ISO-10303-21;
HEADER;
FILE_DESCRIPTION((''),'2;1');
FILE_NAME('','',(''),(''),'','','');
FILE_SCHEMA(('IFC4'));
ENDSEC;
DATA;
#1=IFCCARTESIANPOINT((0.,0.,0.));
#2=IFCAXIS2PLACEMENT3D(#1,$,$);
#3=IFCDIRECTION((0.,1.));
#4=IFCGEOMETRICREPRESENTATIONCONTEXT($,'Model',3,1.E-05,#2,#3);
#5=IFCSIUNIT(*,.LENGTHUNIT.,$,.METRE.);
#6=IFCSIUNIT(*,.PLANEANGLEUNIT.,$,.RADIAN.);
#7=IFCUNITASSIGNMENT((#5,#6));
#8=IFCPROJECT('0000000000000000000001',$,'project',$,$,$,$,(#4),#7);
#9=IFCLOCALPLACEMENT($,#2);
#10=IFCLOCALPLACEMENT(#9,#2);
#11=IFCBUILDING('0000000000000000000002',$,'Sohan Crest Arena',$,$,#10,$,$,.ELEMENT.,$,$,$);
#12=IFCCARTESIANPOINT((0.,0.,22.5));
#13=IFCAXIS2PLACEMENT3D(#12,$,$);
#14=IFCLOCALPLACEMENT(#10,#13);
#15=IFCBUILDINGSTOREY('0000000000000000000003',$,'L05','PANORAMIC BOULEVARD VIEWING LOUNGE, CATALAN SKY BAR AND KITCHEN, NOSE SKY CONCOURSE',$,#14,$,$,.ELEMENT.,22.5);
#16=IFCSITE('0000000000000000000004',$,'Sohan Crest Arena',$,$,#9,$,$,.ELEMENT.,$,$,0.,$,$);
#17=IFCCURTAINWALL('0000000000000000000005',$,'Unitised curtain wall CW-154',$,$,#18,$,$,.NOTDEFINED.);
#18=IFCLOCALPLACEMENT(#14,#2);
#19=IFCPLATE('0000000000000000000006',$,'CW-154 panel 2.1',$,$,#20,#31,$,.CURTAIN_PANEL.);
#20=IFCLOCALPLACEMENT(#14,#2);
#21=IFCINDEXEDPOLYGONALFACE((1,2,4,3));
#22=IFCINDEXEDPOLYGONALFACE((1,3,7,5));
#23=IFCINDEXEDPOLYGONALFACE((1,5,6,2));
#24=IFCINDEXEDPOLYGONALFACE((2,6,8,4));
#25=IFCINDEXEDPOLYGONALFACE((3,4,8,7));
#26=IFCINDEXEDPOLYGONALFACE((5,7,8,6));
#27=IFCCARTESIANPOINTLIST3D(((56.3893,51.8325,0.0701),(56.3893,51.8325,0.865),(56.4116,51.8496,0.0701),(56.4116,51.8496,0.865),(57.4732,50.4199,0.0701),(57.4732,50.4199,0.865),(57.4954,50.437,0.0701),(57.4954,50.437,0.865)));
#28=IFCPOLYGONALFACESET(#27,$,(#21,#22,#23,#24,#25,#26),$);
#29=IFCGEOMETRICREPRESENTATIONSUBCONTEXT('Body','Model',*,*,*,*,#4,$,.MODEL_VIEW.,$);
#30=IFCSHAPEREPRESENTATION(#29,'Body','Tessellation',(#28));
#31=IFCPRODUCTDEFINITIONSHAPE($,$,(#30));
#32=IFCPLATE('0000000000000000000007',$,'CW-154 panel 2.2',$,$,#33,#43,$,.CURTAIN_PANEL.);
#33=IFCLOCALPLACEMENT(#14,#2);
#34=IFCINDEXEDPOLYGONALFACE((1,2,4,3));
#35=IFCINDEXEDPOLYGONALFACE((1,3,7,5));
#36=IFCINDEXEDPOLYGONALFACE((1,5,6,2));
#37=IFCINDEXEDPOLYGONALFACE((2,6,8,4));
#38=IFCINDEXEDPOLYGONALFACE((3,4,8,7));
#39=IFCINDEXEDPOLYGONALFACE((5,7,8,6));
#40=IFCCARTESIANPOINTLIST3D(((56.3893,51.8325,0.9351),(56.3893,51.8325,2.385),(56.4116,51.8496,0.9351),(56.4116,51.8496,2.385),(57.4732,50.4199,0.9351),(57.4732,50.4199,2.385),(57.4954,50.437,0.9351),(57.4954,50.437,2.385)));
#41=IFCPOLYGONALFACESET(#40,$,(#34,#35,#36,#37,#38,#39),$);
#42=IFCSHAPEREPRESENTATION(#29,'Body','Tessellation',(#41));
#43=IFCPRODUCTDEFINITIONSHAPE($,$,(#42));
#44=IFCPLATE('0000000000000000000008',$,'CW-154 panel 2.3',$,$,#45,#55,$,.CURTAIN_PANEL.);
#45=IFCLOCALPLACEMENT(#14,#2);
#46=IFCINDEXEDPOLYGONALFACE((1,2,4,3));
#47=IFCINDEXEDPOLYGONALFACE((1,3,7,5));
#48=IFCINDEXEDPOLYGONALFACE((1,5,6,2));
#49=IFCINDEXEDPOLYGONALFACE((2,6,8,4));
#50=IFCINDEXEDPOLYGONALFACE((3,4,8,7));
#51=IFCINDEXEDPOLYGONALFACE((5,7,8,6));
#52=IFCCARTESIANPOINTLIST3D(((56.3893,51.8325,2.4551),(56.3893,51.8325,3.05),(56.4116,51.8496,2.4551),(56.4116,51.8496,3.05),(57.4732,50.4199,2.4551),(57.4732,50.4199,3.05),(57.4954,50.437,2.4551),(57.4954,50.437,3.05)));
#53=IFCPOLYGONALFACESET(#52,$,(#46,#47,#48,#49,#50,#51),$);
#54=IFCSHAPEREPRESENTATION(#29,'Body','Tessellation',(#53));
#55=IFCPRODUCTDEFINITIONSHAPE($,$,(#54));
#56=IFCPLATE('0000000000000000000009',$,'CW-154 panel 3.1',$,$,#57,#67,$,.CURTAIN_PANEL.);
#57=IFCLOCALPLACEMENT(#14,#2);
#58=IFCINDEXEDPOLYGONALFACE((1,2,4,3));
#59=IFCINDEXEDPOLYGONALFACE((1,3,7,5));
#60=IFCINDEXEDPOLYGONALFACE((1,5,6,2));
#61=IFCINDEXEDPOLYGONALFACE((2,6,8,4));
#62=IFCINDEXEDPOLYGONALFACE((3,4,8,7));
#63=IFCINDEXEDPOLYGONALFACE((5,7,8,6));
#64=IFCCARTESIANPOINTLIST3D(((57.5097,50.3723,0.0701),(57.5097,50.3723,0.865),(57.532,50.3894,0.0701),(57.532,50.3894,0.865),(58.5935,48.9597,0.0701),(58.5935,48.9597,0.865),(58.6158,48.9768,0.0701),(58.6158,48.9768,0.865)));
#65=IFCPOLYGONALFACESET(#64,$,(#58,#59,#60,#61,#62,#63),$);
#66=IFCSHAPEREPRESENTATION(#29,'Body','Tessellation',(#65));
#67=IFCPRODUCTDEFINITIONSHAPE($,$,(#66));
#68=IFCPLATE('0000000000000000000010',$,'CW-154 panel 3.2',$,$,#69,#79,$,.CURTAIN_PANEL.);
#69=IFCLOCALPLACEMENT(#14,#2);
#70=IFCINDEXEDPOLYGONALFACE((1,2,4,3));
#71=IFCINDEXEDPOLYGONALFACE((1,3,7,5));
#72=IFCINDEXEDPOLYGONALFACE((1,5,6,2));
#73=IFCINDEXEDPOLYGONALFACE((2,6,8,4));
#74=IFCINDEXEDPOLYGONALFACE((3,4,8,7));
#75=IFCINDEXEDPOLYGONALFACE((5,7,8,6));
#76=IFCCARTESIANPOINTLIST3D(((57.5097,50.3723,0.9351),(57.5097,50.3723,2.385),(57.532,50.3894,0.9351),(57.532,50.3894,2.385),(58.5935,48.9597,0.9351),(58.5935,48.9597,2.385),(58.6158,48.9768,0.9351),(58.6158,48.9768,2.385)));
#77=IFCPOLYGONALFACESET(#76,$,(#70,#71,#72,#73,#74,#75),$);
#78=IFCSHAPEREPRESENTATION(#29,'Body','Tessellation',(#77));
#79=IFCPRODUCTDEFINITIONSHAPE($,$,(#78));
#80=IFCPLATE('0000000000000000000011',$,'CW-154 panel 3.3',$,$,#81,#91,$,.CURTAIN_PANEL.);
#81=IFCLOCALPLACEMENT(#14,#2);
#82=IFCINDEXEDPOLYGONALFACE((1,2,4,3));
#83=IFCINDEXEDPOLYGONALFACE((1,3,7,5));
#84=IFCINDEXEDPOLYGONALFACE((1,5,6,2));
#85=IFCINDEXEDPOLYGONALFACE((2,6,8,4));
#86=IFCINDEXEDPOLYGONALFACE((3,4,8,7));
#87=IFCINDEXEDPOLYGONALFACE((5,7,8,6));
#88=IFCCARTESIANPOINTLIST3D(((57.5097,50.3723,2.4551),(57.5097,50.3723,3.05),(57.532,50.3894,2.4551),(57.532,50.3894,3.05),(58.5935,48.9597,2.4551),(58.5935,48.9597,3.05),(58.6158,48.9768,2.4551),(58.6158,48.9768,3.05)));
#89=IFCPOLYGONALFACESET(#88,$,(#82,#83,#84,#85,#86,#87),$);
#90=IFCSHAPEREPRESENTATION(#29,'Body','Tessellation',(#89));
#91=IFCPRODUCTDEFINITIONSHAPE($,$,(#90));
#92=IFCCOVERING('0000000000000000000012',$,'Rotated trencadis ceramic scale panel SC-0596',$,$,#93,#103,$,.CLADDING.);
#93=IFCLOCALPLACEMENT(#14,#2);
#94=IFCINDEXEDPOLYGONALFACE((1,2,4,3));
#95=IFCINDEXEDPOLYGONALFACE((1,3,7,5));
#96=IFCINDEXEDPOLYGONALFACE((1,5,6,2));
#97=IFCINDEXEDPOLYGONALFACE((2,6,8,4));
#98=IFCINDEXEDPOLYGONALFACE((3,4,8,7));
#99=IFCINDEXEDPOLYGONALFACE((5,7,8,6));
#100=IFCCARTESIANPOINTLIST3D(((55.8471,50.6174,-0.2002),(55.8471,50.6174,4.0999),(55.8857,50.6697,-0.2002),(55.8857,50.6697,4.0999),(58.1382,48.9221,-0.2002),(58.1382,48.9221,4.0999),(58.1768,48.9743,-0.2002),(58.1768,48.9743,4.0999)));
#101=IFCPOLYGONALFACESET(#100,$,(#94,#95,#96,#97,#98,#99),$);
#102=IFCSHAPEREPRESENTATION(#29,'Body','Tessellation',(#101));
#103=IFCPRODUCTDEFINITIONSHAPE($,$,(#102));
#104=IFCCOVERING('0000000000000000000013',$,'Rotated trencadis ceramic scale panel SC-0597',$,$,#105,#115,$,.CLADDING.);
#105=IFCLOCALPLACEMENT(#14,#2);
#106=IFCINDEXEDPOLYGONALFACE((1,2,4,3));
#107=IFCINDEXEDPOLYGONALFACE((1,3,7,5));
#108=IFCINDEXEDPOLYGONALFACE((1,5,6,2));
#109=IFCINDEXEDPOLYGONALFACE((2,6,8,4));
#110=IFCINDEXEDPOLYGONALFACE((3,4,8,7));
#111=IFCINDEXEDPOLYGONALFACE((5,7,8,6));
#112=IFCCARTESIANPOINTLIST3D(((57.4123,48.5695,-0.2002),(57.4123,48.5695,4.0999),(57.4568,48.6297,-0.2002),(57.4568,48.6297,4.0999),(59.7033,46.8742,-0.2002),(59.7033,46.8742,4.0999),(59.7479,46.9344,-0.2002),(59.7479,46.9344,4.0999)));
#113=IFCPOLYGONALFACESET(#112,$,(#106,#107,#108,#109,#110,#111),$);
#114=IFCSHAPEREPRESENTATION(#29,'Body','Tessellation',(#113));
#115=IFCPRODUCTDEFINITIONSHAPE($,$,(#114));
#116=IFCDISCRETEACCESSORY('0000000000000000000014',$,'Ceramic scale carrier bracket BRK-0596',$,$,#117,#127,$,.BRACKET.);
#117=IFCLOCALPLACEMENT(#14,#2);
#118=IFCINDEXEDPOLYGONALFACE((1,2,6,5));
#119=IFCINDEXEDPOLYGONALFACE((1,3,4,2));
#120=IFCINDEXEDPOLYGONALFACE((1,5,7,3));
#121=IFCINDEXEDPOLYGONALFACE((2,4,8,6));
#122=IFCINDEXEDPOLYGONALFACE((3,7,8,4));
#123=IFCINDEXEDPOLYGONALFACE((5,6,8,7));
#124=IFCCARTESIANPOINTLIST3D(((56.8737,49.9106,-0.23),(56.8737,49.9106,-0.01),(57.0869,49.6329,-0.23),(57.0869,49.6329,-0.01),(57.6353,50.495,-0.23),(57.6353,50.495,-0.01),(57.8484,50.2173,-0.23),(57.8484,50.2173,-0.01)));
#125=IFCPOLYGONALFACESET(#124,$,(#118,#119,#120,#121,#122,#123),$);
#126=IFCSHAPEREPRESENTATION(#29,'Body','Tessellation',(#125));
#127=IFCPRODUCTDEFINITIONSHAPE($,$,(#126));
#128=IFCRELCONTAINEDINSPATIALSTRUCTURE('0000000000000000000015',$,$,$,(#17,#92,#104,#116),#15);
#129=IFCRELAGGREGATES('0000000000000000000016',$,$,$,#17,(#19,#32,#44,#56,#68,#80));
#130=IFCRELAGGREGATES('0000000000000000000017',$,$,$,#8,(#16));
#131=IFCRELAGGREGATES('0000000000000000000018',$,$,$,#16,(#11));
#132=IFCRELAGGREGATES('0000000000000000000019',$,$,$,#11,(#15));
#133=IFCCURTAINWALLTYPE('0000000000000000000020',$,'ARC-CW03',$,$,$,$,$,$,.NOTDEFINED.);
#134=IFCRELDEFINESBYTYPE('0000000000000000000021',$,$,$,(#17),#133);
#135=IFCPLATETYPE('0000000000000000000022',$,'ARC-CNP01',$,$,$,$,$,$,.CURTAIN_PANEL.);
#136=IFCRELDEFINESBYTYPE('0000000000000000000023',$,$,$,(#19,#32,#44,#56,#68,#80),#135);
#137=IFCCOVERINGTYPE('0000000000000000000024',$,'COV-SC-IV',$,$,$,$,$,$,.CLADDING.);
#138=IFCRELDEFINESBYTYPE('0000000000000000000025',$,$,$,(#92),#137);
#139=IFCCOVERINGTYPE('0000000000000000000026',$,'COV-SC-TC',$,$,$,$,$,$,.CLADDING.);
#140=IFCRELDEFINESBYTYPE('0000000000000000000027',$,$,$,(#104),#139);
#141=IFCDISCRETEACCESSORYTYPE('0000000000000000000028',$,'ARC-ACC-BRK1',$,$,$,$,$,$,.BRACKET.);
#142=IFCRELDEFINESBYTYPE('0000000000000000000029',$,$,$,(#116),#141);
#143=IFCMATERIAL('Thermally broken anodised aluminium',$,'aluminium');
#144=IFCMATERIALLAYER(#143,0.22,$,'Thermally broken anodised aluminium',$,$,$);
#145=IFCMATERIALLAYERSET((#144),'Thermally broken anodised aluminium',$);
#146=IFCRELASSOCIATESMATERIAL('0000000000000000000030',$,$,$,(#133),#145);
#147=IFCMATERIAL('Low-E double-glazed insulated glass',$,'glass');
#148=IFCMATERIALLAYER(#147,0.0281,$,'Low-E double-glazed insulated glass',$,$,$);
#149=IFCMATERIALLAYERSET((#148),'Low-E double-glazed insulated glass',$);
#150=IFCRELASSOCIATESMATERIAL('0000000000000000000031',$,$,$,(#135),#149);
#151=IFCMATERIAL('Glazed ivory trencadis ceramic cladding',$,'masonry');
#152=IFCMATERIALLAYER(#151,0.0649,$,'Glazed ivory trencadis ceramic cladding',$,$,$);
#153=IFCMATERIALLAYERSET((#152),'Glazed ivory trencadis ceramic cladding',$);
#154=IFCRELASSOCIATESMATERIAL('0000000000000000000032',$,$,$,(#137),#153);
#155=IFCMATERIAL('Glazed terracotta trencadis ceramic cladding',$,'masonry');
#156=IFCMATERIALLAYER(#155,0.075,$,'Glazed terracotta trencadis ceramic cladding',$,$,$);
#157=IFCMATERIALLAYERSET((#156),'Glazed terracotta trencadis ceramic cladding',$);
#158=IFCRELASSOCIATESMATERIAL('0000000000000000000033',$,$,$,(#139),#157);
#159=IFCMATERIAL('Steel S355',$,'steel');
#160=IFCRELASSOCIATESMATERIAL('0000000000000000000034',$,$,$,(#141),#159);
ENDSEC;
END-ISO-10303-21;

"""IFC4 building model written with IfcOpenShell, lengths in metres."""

from ifc_helpers import new_model, si_unit, direction, frame, origin, origin_2d, place, context, subcontext, project, spatial, rectangle, extrude, material, layer, layer_set, type_object, element, aggregate, save


model = new_model("IFC4")

# Units and contexts
model_context = context("Model", 3, precision=1e-05, world=origin(), true_north=direction((0.0, 1.0)))
body_context = subcontext(model_context, "Body", "Model", "MODEL_VIEW")
ifc_project = project(units=[si_unit("LENGTHUNIT", "METRE"), si_unit("PLANEANGLEUNIT", "RADIAN")], contexts=[model_context])

# Site, building, storey
site_placement = place(None, origin())
site = spatial("IfcSite", under=ifc_project, at=site_placement, Name="Sohan Crest Arena", CompositionType="ELEMENT", RefElevation=0.0)
building_placement = place(site_placement, origin())
building = spatial("IfcBuilding", under=site, at=building_placement, Name="Sohan Crest Arena", CompositionType="ELEMENT")
storey_placement = place(building_placement, frame((0.0, 0.0, 22.5)))
storey = spatial("IfcBuildingStorey", under=building, at=storey_placement, Name="L05", Description="PANORAMIC BOULEVARD VIEWING LOUNGE, CATALAN SKY BAR AND KITCHEN, NOSE SKY CONCOURSE", CompositionType="ELEMENT", Elevation=22.5)

# Shared definitions
ifc_material_1 = material(Name="Steel S355", Category="steel")

# Curtain wall
ifc_material_2 = material(Name="Thermally broken anodised aluminium", Category="aluminium")
ifc_layer_1 = layer(ifc_material_2, 0.22, Name="Thermally broken anodised aluminium")
ifc_layer_set_1 = layer_set([ifc_layer_1], Name="Thermally broken anodised aluminium")
curtain_wall_type = type_object("IfcCurtainWallType", Name="ARC-CW03", PredefinedType="NOTDEFINED", material=ifc_layer_set_1)
curtain_wall_placement = place(storey_placement, origin())
curtain_wall = element("IfcCurtainWall", 1, at=curtain_wall_placement, inside=storey, type_object=curtain_wall_type, Name="Unitised curtain wall CW-154", PredefinedType="NOTDEFINED")

# Plates
ifc_material_3 = material(Name="Low-E double-glazed insulated glass", Category="glass")
ifc_layer_2 = layer(ifc_material_3, 0.0281, Name="Low-E double-glazed insulated glass")
ifc_layer_set_2 = layer_set([ifc_layer_2], Name="Low-E double-glazed insulated glass")
plate_type = type_object("IfcPlateType", Name="ARC-CNP01", PredefinedType="CURTAIN_PANEL", material=ifc_layer_set_2)
plate_1_placement = place(storey_placement, frame((56.9424, 51.1348, 0.0701), z_axis=(0.0, 0.0, 1.0), x_axis=(0.60872, -0.793385, 0.0)))
plate_1 = element("IfcPlate", 2, at=plate_1_placement, type_object=plate_type, Name="CW-154 panel 2.1", PredefinedType="CURTAIN_PANEL", context=body_context, shape_type="SweptSolid", body=[
    extrude(rectangle(XDim=1.7805, YDim=0.0281, at=origin_2d()), origin(), (0.0, 0.0, 1.0), 0.7949),
])
plate_2_placement = place(storey_placement, frame((56.9424, 51.1348, 0.9351), z_axis=(0.0, 0.0, 1.0), x_axis=(0.60872, -0.793385, 0.0)))
plate_2 = element("IfcPlate", 3, at=plate_2_placement, type_object=plate_type, Name="CW-154 panel 2.2", PredefinedType="CURTAIN_PANEL", context=body_context, shape_type="SweptSolid", body=[
    extrude(rectangle(XDim=1.7805, YDim=0.0281, at=origin_2d()), origin(), (0.0, 0.0, 1.0), 1.45),
])
plate_3_placement = place(storey_placement, frame((56.9424, 51.1348, 2.4551), z_axis=(0.0, 0.0, 1.0), x_axis=(0.60872, -0.793385, 0.0)))
plate_3 = element("IfcPlate", 4, at=plate_3_placement, type_object=plate_type, Name="CW-154 panel 2.3", PredefinedType="CURTAIN_PANEL", context=body_context, shape_type="SweptSolid", body=[
    extrude(rectangle(XDim=1.7805, YDim=0.0281, at=origin_2d()), origin(), (0.0, 0.0, 1.0), 0.595),
])
plate_4_placement = place(storey_placement, frame((58.0627, 49.6746, 0.0701), z_axis=(0.0, 0.0, 1.0), x_axis=(0.60872, -0.793385, 0.0)))
plate_4 = element("IfcPlate", 5, at=plate_4_placement, type_object=plate_type, Name="CW-154 panel 3.1", PredefinedType="CURTAIN_PANEL", context=body_context, shape_type="SweptSolid", body=[
    extrude(rectangle(XDim=1.7805, YDim=0.0281, at=origin_2d()), origin(), (0.0, 0.0, 1.0), 0.7949),
])
plate_5_placement = place(storey_placement, frame((58.0627, 49.6746, 0.9351), z_axis=(0.0, 0.0, 1.0), x_axis=(0.60872, -0.793385, 0.0)))
plate_5 = element("IfcPlate", 6, at=plate_5_placement, type_object=plate_type, Name="CW-154 panel 3.2", PredefinedType="CURTAIN_PANEL", context=body_context, shape_type="SweptSolid", body=[
    extrude(rectangle(XDim=1.7805, YDim=0.0281, at=origin_2d()), origin(), (0.0, 0.0, 1.0), 1.45),
])
plate_6_placement = place(storey_placement, frame((58.0627, 49.6746, 2.4551), z_axis=(0.0, 0.0, 1.0), x_axis=(0.60872, -0.793385, 0.0)))
plate_6 = element("IfcPlate", 7, at=plate_6_placement, type_object=plate_type, Name="CW-154 panel 3.3", PredefinedType="CURTAIN_PANEL", context=body_context, shape_type="SweptSolid", body=[
    extrude(rectangle(XDim=1.7805, YDim=0.0281, at=origin_2d()), origin(), (0.0, 0.0, 1.0), 0.595),
])
aggregate(curtain_wall, [plate_1, plate_2, plate_3, plate_4, plate_5, plate_6])

# Coverings
ifc_material_4 = material(Name="Glazed ivory trencadis ceramic cladding", Category="masonry")
ifc_layer_3 = layer(ifc_material_4, 0.0649, Name="Glazed ivory trencadis ceramic cladding")
ifc_layer_set_3 = layer_set([ifc_layer_3], Name="Glazed ivory trencadis ceramic cladding")
covering_type_1 = type_object("IfcCoveringType", Name="COV-SC-IV", PredefinedType="CLADDING", material=ifc_layer_set_3)
covering_1_placement = place(storey_placement, frame((57.012, 49.7959, -0.2002), z_axis=(0.0, 0.0, 1.0), x_axis=(0.803857, -0.594823, 0.0)))
element("IfcCovering", 8, at=covering_1_placement, inside=storey, type_object=covering_type_1, Name="Rotated trencadis ceramic scale panel SC-0596", PredefinedType="CLADDING", context=body_context, shape_type="SweptSolid", body=[
    extrude(rectangle(XDim=2.8501, YDim=0.0649, at=origin_2d()), origin(), (0.0, 0.0, 1.0), 4.3),
])
ifc_material_5 = material(Name="Glazed terracotta trencadis ceramic cladding", Category="masonry")
ifc_layer_4 = layer(ifc_material_5, 0.075, Name="Glazed terracotta trencadis ceramic cladding")
ifc_layer_set_4 = layer_set([ifc_layer_4], Name="Glazed terracotta trencadis ceramic cladding")
covering_type_2 = type_object("IfcCoveringType", Name="COV-SC-TC", PredefinedType="CLADDING", material=ifc_layer_set_4)
covering_2_placement = place(storey_placement, frame((58.5801, 47.752, -0.2002), z_axis=(0.0, 0.0, 1.0), x_axis=(0.803857, -0.594823, 0.0)))
element("IfcCovering", 9, at=covering_2_placement, inside=storey, type_object=covering_type_2, Name="Rotated trencadis ceramic scale panel SC-0597", PredefinedType="CLADDING", context=body_context, shape_type="SweptSolid", body=[
    extrude(rectangle(XDim=2.8501, YDim=0.075, at=origin_2d()), origin(), (0.0, 0.0, 1.0), 4.3),
])

# Discrete accessory
discrete_accessory_type = type_object("IfcDiscreteAccessoryType", Name="ARC-ACC-BRK1", PredefinedType="BRACKET", material=ifc_material_1)
discrete_accessory_placement = place(storey_placement, frame((57.3611, 50.064, -0.23), z_axis=(0.0, 0.0, 1.0), x_axis=(0.608761, -0.793353, 0.0)))
element("IfcDiscreteAccessory", 10, at=discrete_accessory_placement, inside=storey, type_object=discrete_accessory_type, Name="Ceramic scale carrier bracket BRK-0596", PredefinedType="BRACKET", context=body_context, shape_type="SweptSolid", body=[
    extrude(rectangle(XDim=0.3501, YDim=0.96, at=origin_2d()), origin(), (0.0, 0.0, 1.0), 0.22),
])

save(model, "model.ifc")
